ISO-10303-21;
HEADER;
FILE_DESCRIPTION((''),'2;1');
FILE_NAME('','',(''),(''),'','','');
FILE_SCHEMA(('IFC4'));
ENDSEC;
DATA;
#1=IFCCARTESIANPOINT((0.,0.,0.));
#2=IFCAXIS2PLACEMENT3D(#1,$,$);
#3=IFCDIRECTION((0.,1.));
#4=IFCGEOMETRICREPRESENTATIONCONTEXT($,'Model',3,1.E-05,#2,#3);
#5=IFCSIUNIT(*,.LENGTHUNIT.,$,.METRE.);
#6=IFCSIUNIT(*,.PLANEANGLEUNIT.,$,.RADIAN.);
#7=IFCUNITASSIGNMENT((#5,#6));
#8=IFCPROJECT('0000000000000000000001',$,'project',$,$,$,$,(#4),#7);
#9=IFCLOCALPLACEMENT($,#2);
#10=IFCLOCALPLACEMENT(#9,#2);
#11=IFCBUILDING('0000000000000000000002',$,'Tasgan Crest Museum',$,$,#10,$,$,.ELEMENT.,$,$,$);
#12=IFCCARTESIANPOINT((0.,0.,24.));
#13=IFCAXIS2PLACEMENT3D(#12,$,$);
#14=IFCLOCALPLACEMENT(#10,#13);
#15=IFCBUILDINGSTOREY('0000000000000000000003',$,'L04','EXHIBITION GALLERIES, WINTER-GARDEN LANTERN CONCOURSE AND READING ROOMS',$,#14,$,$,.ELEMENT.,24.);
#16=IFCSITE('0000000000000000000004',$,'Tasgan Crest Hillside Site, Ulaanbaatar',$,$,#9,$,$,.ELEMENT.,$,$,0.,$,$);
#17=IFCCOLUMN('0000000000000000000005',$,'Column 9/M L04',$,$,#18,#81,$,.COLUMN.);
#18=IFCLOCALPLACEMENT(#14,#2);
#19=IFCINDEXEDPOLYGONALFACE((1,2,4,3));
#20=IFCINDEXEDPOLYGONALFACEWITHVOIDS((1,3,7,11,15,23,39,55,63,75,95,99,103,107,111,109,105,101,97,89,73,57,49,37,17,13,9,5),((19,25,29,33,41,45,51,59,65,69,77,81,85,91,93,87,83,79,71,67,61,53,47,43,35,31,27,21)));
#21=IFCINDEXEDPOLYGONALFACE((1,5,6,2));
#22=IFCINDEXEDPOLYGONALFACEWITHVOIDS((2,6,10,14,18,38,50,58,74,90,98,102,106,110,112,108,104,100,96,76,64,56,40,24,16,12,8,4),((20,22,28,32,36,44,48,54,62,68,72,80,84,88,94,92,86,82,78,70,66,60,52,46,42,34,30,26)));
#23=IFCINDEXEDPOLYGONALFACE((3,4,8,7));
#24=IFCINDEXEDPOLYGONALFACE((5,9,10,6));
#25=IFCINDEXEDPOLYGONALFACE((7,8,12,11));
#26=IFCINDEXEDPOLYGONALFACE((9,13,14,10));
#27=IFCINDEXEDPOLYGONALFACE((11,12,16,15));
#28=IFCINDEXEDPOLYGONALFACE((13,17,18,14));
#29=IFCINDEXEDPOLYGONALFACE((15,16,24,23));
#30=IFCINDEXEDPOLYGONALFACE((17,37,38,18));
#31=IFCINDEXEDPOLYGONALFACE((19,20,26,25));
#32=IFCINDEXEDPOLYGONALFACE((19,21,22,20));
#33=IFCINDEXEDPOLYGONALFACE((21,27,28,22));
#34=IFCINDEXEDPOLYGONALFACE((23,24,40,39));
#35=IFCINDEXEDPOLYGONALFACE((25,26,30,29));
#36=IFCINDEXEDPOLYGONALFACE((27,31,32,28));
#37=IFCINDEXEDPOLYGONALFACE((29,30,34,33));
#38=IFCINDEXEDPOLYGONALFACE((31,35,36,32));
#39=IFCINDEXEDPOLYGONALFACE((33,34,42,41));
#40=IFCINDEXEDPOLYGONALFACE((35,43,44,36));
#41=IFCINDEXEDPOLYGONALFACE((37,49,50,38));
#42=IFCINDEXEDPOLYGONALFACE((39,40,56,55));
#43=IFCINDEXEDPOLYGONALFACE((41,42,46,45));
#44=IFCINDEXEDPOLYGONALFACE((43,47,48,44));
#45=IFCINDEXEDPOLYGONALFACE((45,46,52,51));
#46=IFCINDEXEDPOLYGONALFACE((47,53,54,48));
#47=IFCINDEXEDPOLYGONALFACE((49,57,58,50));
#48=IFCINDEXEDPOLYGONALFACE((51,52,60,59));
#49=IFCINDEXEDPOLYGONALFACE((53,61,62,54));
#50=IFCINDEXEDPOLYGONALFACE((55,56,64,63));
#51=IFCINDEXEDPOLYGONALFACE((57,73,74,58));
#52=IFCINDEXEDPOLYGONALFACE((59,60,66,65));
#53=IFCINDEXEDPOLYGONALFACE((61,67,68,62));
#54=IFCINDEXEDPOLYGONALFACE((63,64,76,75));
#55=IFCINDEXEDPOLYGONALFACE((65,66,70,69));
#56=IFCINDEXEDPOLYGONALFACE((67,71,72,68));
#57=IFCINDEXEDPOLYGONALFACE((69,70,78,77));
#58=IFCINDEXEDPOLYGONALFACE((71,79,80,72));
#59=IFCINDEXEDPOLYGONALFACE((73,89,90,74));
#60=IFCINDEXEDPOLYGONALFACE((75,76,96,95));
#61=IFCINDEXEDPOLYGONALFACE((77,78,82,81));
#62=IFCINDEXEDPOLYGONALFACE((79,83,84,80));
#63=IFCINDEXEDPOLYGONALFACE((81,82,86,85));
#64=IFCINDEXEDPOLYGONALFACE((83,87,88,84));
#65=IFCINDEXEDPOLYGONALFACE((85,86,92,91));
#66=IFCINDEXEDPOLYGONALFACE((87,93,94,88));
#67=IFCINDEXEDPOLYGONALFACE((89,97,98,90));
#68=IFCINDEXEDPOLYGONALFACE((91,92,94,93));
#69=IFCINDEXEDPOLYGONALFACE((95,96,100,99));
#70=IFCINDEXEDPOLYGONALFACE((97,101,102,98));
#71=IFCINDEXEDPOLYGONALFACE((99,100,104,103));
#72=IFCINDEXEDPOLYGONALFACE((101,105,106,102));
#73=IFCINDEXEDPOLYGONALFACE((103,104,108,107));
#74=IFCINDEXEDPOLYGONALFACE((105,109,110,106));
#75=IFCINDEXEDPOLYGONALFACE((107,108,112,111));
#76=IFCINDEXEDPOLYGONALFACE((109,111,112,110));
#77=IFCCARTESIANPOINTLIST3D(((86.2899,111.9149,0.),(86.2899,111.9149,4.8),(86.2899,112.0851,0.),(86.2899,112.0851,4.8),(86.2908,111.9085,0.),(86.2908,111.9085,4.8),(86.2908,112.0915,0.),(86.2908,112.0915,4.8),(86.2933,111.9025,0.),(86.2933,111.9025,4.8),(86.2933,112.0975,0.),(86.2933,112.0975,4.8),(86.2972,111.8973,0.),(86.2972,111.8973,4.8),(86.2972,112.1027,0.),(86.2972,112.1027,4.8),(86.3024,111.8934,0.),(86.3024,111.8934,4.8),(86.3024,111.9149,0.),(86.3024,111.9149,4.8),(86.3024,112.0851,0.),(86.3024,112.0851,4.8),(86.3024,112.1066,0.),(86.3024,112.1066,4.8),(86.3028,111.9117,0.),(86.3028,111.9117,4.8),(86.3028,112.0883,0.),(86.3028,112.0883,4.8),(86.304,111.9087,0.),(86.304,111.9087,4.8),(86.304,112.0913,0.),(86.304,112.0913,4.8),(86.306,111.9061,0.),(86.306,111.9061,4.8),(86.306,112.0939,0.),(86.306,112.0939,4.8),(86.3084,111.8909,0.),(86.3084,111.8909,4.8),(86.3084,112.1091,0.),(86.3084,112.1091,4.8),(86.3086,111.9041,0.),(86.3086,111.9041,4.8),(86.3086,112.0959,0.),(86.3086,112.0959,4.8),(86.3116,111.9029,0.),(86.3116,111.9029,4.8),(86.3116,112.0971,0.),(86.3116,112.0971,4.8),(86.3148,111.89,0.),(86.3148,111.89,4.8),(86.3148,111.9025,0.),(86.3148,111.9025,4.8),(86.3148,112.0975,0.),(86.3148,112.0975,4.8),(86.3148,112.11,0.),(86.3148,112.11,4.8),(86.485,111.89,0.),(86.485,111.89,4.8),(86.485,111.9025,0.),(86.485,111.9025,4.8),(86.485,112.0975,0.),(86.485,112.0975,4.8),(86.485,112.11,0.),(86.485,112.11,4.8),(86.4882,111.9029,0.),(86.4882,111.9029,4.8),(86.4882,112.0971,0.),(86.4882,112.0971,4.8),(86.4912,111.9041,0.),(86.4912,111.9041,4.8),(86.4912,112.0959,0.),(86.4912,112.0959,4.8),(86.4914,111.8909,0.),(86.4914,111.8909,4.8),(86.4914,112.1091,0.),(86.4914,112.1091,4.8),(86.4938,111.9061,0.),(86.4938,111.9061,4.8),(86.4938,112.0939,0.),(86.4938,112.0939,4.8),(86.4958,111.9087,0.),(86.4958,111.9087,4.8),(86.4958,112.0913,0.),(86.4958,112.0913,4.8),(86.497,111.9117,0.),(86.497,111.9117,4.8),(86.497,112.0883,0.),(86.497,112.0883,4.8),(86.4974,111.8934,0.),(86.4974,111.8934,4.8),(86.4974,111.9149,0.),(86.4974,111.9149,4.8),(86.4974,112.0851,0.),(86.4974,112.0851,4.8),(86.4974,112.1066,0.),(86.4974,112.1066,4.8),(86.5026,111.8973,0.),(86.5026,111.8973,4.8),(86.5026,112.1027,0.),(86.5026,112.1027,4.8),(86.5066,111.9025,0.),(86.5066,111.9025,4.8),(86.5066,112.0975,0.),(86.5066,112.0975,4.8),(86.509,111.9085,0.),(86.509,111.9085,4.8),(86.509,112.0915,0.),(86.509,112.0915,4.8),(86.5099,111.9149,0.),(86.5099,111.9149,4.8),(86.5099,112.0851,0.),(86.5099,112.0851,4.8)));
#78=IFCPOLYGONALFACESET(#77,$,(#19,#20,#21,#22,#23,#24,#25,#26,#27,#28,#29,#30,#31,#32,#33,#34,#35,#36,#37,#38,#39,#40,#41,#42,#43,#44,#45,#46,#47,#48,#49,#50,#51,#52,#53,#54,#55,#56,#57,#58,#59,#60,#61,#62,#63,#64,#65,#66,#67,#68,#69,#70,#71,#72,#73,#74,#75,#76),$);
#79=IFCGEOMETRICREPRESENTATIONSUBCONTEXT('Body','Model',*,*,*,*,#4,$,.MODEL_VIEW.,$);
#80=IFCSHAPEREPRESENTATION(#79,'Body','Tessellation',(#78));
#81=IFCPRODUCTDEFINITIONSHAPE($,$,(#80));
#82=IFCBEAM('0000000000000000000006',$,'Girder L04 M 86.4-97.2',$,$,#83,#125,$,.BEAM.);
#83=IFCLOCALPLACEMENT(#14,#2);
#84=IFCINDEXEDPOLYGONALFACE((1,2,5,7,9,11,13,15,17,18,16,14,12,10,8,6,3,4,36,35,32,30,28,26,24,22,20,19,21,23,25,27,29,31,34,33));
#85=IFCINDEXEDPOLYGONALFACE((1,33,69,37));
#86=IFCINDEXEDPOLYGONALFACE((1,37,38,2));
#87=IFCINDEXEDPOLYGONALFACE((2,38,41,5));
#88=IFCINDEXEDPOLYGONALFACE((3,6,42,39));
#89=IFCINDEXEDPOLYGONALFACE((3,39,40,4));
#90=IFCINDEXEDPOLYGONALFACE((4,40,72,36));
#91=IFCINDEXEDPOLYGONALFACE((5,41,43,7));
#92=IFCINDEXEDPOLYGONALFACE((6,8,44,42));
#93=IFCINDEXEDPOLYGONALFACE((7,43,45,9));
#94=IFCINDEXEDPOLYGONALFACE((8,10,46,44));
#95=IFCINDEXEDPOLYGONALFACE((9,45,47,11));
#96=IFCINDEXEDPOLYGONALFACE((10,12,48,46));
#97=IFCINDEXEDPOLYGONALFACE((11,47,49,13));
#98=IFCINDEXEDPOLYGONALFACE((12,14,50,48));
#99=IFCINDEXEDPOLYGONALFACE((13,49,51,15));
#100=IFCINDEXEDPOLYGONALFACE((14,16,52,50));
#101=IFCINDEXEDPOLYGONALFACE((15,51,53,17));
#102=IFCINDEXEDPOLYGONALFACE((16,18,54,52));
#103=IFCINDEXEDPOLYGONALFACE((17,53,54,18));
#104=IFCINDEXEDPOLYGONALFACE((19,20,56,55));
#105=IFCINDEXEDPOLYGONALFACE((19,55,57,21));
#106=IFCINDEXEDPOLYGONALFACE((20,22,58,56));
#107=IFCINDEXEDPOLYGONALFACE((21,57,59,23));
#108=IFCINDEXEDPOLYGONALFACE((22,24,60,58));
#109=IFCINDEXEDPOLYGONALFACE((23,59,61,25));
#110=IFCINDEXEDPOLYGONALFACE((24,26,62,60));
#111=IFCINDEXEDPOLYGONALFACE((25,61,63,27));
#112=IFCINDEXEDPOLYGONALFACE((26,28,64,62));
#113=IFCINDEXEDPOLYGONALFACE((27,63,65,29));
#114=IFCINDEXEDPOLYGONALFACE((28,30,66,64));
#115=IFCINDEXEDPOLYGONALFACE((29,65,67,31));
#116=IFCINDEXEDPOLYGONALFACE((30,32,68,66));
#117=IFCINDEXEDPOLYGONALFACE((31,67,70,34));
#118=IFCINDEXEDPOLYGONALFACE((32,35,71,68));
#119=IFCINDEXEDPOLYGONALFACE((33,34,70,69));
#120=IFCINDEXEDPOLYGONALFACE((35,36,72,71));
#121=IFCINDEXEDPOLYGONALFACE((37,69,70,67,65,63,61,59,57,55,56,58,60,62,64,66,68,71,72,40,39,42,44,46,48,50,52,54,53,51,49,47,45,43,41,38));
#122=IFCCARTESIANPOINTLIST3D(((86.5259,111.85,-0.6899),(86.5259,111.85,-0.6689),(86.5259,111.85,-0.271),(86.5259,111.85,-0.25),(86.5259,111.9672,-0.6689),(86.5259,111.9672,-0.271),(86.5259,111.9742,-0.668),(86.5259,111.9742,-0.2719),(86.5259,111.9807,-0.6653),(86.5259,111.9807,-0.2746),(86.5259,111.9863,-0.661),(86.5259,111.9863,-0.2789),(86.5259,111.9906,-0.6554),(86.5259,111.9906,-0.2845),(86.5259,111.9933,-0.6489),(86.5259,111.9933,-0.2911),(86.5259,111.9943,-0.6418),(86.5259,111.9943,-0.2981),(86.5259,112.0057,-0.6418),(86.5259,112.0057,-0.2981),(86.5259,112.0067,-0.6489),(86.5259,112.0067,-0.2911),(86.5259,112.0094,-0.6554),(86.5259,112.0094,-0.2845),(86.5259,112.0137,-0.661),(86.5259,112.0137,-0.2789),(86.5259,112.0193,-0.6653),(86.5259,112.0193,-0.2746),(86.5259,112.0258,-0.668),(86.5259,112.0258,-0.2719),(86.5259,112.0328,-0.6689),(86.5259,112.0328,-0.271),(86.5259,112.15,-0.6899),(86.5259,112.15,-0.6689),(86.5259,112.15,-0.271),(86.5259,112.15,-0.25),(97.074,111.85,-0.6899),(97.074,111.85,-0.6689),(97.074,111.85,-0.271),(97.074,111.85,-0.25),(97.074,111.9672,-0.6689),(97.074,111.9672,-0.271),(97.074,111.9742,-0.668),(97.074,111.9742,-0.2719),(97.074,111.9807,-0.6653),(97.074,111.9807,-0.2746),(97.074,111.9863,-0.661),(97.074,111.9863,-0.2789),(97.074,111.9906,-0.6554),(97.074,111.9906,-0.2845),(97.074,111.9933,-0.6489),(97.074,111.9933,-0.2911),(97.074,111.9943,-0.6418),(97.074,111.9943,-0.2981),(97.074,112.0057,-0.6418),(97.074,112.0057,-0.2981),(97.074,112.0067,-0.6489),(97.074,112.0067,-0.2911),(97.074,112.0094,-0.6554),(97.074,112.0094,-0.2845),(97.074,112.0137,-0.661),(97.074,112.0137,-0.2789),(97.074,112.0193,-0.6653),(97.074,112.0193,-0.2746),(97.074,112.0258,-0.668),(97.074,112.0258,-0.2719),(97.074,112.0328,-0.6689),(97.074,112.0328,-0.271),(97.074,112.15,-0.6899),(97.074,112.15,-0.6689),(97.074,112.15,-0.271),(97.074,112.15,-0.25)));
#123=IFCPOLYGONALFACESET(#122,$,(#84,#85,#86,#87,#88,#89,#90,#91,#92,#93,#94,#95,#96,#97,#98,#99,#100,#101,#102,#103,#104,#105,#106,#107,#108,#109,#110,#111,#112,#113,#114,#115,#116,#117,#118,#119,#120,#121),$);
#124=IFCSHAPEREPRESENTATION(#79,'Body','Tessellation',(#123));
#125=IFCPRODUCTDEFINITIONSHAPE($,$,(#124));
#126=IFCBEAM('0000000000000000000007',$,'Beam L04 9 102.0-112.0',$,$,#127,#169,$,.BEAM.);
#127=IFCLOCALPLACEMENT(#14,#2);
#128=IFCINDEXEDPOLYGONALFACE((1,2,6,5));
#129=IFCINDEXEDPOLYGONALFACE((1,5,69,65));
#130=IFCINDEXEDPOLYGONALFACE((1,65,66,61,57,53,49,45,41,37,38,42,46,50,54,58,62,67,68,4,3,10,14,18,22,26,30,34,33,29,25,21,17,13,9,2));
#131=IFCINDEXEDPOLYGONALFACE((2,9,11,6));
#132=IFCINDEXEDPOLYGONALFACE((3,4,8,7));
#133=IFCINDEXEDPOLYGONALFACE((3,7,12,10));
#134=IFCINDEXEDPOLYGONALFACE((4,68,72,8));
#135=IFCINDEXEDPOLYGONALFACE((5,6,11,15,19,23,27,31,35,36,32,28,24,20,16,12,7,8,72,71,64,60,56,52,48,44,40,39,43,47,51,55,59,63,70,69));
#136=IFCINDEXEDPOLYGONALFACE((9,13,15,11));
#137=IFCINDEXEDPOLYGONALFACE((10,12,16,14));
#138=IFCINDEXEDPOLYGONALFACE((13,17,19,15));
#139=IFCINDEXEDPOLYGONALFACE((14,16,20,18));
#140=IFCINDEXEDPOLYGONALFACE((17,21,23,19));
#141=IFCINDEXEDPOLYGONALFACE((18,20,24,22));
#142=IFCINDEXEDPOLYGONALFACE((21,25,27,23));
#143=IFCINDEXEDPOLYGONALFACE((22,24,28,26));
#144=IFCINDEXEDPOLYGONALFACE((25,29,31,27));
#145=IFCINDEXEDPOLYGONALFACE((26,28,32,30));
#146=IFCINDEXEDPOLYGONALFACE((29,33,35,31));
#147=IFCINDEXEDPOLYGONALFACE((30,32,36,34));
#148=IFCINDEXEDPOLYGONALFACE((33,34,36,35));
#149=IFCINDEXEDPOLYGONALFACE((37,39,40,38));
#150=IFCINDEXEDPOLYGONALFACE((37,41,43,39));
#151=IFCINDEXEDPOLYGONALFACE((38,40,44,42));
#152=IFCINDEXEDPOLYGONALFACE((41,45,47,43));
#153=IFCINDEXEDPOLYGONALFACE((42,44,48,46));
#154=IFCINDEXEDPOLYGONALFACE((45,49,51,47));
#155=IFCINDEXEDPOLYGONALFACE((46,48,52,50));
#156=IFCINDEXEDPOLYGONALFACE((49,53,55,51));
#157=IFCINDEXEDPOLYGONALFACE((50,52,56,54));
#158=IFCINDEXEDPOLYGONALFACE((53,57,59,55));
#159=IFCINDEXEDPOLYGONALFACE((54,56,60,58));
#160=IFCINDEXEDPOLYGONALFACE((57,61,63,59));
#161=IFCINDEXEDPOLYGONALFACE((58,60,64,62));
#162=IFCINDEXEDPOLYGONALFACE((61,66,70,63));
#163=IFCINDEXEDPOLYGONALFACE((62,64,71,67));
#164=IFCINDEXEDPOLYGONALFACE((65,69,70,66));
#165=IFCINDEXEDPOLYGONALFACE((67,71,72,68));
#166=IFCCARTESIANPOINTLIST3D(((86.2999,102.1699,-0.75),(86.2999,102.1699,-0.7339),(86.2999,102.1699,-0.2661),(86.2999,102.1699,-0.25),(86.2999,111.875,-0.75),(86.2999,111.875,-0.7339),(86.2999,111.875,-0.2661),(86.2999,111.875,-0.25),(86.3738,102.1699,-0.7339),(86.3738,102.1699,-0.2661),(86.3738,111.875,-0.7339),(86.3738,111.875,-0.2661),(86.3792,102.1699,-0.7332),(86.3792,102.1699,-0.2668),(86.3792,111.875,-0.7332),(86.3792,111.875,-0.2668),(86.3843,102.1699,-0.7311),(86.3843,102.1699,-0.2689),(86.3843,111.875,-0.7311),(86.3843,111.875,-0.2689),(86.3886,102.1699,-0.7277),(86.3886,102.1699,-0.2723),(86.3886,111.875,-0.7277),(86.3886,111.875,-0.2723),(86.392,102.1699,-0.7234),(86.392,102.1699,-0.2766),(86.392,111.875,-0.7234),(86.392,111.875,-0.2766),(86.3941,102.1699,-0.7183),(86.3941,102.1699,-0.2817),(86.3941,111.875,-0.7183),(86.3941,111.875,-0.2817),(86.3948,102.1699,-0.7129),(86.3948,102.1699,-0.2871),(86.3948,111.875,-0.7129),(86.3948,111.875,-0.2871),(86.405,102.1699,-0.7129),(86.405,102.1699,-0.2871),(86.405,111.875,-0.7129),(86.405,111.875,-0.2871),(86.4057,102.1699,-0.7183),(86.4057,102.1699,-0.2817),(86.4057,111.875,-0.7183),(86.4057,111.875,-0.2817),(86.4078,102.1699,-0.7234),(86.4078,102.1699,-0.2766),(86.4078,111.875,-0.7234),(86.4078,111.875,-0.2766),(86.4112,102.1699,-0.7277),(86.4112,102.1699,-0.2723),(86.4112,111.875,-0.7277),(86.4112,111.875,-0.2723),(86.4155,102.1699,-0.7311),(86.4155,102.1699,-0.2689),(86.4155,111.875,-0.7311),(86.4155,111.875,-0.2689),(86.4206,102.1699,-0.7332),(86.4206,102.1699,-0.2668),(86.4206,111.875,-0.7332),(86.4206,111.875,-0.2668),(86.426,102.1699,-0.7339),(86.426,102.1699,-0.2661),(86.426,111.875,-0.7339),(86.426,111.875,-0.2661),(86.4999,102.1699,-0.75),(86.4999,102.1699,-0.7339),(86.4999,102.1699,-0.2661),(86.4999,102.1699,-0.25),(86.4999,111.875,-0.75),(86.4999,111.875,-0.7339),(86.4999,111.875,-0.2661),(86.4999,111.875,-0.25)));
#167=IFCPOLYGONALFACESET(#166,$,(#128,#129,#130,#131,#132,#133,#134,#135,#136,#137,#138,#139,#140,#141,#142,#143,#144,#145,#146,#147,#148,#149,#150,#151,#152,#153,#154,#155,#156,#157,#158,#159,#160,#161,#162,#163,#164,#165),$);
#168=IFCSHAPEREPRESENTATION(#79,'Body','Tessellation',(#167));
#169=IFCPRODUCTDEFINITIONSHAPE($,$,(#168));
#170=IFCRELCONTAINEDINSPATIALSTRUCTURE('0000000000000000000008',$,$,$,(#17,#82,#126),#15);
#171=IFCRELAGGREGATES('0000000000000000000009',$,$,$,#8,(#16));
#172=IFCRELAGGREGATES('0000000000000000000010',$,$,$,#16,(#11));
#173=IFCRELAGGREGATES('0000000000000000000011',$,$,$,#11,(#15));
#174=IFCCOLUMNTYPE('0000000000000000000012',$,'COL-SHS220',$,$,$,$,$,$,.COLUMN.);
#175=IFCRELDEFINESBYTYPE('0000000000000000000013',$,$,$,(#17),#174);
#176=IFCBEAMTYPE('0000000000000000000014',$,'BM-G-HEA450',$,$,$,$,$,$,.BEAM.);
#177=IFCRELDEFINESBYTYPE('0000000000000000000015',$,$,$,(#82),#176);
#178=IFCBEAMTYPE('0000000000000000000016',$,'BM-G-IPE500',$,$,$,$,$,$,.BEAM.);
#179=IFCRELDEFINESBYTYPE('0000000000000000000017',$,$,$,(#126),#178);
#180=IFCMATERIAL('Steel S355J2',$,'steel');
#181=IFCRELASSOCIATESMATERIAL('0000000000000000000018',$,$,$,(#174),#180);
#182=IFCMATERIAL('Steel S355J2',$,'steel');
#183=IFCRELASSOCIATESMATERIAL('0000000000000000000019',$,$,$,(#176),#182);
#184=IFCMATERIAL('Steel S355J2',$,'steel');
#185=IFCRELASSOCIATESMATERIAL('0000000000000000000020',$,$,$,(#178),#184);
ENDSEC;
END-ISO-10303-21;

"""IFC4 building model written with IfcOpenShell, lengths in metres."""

from ifc_helpers import new_model, si_unit, direction, frame, origin, origin_2d, place, context, subcontext, project, spatial, hollow_rectangle, i_section, extrude, material, material_profile, profile_set, type_object, element, save


model = new_model("IFC4")

# Units and contexts
model_context = context("Model", 3, precision=1e-05, world=origin(), true_north=direction((0.0, 1.0)))
body_context = subcontext(model_context, "Body", "Model", "MODEL_VIEW")
ifc_project = project(units=[si_unit("LENGTHUNIT", "METRE"), si_unit("PLANEANGLEUNIT", "RADIAN")], contexts=[model_context])

# Site, building, storey
site_placement = place(None, origin())
site = spatial("IfcSite", under=ifc_project, at=site_placement, Name="Tasgan Crest Hillside Site, Ulaanbaatar", CompositionType="ELEMENT", RefElevation=0.0)
building_placement = place(site_placement, origin())
building = spatial("IfcBuilding", under=site, at=building_placement, Name="Tasgan Crest Museum", CompositionType="ELEMENT")
storey_placement = place(building_placement, frame((0.0, 0.0, 24.0)))
storey = spatial("IfcBuildingStorey", under=building, at=storey_placement, Name="L04", Description="EXHIBITION GALLERIES, WINTER-GARDEN LANTERN CONCOURSE AND READING ROOMS", CompositionType="ELEMENT", Elevation=24.0)

# Column
ifc_material_1 = material(Name="Steel S355J2", Category="steel")
ifc_material_profile_1 = material_profile(ifc_material_1, hollow_rectangle(XDim=0.22, YDim=0.22, WallThickness=0.0125, InnerFilletRadius=0.0125, OuterFilletRadius=0.0249, at=origin_2d()), Name="SHS 220x220x12.5")
ifc_profile_set_1 = profile_set([ifc_material_profile_1], Name="Steel S355J2")
column_type = type_object("IfcColumnType", Name="COL-SHS220", PredefinedType="COLUMN", material=ifc_profile_set_1)
column_placement = place(storey_placement, frame((86.3999, 112.0, 0.0), z_axis=(0.0, 0.0, 1.0), x_axis=(1.0, 0.0, 0.0)))
element("IfcColumn", 1, at=column_placement, inside=storey, type_object=column_type, Name="Column 9/M L04", PredefinedType="COLUMN", context=body_context, shape_type="SweptSolid", body=[
    extrude(hollow_rectangle(XDim=0.22, YDim=0.22, WallThickness=0.0125, InnerFilletRadius=0.0125, OuterFilletRadius=0.0249, at=origin_2d()), origin(), (0.0, 0.0, 1.0), 4.8),
])

# Beams
ifc_material_2 = material(Name="Steel S355J2", Category="steel")
ifc_material_profile_2 = material_profile(ifc_material_2, i_section(OverallWidth=0.3, OverallDepth=0.4399, WebThickness=0.0115, FlangeThickness=0.021, FilletRadius=0.0271, at=origin_2d()), Name="HEA 450")
ifc_profile_set_2 = profile_set([ifc_material_profile_2], Name="Steel S355J2")
beam_type_1 = type_object("IfcBeamType", Name="BM-G-HEA450", PredefinedType="BEAM", material=ifc_profile_set_2)
beam_1_placement = place(storey_placement, frame((86.5259, 112.0, -0.47), z_axis=(1.0, 0.0, 0.0), x_axis=(0.0, 1.0, 0.0)))
element("IfcBeam", 2, at=beam_1_placement, inside=storey, type_object=beam_type_1, Name="Girder L04 M 86.4-97.2", PredefinedType="BEAM", context=body_context, shape_type="SweptSolid", body=[
    extrude(i_section(OverallWidth=0.3, OverallDepth=0.4399, WebThickness=0.0115, FlangeThickness=0.021, FilletRadius=0.0271, at=origin_2d()), origin(), (0.0, 0.0, 1.0), 10.5481),
])
ifc_material_3 = material(Name="Steel S355J2", Category="steel")
ifc_material_profile_3 = material_profile(ifc_material_3, i_section(OverallWidth=0.2, OverallDepth=0.5, WebThickness=0.0103, FlangeThickness=0.0161, FilletRadius=0.021, at=origin_2d()), Name="IPE 500")
ifc_profile_set_3 = profile_set([ifc_material_profile_3], Name="Steel S355J2")
beam_type_2 = type_object("IfcBeamType", Name="BM-G-IPE500", PredefinedType="BEAM", material=ifc_profile_set_3)
for number, where, z_axis, x_axis, name in (
    (3, (86.3999, 102.1699, -0.5), (0.0, 1.0, 0.0), (-1.0, 0.0, 0.0), "Beam L04 9 102.0-112.0"),
):
    element("IfcBeam", number, at=place(storey_placement, frame(where, z_axis=z_axis, x_axis=x_axis)), inside=storey, type_object=beam_type_2, Name=name, PredefinedType="BEAM", context=body_context, shape_type="SweptSolid", body=[
        extrude(i_section(OverallWidth=0.2, OverallDepth=0.5, WebThickness=0.0103, FlangeThickness=0.0161, FilletRadius=0.021, at=origin_2d()), origin(), (0.0, 0.0, 1.0), 9.7051),
    ])

save(model, "model.ifc")
